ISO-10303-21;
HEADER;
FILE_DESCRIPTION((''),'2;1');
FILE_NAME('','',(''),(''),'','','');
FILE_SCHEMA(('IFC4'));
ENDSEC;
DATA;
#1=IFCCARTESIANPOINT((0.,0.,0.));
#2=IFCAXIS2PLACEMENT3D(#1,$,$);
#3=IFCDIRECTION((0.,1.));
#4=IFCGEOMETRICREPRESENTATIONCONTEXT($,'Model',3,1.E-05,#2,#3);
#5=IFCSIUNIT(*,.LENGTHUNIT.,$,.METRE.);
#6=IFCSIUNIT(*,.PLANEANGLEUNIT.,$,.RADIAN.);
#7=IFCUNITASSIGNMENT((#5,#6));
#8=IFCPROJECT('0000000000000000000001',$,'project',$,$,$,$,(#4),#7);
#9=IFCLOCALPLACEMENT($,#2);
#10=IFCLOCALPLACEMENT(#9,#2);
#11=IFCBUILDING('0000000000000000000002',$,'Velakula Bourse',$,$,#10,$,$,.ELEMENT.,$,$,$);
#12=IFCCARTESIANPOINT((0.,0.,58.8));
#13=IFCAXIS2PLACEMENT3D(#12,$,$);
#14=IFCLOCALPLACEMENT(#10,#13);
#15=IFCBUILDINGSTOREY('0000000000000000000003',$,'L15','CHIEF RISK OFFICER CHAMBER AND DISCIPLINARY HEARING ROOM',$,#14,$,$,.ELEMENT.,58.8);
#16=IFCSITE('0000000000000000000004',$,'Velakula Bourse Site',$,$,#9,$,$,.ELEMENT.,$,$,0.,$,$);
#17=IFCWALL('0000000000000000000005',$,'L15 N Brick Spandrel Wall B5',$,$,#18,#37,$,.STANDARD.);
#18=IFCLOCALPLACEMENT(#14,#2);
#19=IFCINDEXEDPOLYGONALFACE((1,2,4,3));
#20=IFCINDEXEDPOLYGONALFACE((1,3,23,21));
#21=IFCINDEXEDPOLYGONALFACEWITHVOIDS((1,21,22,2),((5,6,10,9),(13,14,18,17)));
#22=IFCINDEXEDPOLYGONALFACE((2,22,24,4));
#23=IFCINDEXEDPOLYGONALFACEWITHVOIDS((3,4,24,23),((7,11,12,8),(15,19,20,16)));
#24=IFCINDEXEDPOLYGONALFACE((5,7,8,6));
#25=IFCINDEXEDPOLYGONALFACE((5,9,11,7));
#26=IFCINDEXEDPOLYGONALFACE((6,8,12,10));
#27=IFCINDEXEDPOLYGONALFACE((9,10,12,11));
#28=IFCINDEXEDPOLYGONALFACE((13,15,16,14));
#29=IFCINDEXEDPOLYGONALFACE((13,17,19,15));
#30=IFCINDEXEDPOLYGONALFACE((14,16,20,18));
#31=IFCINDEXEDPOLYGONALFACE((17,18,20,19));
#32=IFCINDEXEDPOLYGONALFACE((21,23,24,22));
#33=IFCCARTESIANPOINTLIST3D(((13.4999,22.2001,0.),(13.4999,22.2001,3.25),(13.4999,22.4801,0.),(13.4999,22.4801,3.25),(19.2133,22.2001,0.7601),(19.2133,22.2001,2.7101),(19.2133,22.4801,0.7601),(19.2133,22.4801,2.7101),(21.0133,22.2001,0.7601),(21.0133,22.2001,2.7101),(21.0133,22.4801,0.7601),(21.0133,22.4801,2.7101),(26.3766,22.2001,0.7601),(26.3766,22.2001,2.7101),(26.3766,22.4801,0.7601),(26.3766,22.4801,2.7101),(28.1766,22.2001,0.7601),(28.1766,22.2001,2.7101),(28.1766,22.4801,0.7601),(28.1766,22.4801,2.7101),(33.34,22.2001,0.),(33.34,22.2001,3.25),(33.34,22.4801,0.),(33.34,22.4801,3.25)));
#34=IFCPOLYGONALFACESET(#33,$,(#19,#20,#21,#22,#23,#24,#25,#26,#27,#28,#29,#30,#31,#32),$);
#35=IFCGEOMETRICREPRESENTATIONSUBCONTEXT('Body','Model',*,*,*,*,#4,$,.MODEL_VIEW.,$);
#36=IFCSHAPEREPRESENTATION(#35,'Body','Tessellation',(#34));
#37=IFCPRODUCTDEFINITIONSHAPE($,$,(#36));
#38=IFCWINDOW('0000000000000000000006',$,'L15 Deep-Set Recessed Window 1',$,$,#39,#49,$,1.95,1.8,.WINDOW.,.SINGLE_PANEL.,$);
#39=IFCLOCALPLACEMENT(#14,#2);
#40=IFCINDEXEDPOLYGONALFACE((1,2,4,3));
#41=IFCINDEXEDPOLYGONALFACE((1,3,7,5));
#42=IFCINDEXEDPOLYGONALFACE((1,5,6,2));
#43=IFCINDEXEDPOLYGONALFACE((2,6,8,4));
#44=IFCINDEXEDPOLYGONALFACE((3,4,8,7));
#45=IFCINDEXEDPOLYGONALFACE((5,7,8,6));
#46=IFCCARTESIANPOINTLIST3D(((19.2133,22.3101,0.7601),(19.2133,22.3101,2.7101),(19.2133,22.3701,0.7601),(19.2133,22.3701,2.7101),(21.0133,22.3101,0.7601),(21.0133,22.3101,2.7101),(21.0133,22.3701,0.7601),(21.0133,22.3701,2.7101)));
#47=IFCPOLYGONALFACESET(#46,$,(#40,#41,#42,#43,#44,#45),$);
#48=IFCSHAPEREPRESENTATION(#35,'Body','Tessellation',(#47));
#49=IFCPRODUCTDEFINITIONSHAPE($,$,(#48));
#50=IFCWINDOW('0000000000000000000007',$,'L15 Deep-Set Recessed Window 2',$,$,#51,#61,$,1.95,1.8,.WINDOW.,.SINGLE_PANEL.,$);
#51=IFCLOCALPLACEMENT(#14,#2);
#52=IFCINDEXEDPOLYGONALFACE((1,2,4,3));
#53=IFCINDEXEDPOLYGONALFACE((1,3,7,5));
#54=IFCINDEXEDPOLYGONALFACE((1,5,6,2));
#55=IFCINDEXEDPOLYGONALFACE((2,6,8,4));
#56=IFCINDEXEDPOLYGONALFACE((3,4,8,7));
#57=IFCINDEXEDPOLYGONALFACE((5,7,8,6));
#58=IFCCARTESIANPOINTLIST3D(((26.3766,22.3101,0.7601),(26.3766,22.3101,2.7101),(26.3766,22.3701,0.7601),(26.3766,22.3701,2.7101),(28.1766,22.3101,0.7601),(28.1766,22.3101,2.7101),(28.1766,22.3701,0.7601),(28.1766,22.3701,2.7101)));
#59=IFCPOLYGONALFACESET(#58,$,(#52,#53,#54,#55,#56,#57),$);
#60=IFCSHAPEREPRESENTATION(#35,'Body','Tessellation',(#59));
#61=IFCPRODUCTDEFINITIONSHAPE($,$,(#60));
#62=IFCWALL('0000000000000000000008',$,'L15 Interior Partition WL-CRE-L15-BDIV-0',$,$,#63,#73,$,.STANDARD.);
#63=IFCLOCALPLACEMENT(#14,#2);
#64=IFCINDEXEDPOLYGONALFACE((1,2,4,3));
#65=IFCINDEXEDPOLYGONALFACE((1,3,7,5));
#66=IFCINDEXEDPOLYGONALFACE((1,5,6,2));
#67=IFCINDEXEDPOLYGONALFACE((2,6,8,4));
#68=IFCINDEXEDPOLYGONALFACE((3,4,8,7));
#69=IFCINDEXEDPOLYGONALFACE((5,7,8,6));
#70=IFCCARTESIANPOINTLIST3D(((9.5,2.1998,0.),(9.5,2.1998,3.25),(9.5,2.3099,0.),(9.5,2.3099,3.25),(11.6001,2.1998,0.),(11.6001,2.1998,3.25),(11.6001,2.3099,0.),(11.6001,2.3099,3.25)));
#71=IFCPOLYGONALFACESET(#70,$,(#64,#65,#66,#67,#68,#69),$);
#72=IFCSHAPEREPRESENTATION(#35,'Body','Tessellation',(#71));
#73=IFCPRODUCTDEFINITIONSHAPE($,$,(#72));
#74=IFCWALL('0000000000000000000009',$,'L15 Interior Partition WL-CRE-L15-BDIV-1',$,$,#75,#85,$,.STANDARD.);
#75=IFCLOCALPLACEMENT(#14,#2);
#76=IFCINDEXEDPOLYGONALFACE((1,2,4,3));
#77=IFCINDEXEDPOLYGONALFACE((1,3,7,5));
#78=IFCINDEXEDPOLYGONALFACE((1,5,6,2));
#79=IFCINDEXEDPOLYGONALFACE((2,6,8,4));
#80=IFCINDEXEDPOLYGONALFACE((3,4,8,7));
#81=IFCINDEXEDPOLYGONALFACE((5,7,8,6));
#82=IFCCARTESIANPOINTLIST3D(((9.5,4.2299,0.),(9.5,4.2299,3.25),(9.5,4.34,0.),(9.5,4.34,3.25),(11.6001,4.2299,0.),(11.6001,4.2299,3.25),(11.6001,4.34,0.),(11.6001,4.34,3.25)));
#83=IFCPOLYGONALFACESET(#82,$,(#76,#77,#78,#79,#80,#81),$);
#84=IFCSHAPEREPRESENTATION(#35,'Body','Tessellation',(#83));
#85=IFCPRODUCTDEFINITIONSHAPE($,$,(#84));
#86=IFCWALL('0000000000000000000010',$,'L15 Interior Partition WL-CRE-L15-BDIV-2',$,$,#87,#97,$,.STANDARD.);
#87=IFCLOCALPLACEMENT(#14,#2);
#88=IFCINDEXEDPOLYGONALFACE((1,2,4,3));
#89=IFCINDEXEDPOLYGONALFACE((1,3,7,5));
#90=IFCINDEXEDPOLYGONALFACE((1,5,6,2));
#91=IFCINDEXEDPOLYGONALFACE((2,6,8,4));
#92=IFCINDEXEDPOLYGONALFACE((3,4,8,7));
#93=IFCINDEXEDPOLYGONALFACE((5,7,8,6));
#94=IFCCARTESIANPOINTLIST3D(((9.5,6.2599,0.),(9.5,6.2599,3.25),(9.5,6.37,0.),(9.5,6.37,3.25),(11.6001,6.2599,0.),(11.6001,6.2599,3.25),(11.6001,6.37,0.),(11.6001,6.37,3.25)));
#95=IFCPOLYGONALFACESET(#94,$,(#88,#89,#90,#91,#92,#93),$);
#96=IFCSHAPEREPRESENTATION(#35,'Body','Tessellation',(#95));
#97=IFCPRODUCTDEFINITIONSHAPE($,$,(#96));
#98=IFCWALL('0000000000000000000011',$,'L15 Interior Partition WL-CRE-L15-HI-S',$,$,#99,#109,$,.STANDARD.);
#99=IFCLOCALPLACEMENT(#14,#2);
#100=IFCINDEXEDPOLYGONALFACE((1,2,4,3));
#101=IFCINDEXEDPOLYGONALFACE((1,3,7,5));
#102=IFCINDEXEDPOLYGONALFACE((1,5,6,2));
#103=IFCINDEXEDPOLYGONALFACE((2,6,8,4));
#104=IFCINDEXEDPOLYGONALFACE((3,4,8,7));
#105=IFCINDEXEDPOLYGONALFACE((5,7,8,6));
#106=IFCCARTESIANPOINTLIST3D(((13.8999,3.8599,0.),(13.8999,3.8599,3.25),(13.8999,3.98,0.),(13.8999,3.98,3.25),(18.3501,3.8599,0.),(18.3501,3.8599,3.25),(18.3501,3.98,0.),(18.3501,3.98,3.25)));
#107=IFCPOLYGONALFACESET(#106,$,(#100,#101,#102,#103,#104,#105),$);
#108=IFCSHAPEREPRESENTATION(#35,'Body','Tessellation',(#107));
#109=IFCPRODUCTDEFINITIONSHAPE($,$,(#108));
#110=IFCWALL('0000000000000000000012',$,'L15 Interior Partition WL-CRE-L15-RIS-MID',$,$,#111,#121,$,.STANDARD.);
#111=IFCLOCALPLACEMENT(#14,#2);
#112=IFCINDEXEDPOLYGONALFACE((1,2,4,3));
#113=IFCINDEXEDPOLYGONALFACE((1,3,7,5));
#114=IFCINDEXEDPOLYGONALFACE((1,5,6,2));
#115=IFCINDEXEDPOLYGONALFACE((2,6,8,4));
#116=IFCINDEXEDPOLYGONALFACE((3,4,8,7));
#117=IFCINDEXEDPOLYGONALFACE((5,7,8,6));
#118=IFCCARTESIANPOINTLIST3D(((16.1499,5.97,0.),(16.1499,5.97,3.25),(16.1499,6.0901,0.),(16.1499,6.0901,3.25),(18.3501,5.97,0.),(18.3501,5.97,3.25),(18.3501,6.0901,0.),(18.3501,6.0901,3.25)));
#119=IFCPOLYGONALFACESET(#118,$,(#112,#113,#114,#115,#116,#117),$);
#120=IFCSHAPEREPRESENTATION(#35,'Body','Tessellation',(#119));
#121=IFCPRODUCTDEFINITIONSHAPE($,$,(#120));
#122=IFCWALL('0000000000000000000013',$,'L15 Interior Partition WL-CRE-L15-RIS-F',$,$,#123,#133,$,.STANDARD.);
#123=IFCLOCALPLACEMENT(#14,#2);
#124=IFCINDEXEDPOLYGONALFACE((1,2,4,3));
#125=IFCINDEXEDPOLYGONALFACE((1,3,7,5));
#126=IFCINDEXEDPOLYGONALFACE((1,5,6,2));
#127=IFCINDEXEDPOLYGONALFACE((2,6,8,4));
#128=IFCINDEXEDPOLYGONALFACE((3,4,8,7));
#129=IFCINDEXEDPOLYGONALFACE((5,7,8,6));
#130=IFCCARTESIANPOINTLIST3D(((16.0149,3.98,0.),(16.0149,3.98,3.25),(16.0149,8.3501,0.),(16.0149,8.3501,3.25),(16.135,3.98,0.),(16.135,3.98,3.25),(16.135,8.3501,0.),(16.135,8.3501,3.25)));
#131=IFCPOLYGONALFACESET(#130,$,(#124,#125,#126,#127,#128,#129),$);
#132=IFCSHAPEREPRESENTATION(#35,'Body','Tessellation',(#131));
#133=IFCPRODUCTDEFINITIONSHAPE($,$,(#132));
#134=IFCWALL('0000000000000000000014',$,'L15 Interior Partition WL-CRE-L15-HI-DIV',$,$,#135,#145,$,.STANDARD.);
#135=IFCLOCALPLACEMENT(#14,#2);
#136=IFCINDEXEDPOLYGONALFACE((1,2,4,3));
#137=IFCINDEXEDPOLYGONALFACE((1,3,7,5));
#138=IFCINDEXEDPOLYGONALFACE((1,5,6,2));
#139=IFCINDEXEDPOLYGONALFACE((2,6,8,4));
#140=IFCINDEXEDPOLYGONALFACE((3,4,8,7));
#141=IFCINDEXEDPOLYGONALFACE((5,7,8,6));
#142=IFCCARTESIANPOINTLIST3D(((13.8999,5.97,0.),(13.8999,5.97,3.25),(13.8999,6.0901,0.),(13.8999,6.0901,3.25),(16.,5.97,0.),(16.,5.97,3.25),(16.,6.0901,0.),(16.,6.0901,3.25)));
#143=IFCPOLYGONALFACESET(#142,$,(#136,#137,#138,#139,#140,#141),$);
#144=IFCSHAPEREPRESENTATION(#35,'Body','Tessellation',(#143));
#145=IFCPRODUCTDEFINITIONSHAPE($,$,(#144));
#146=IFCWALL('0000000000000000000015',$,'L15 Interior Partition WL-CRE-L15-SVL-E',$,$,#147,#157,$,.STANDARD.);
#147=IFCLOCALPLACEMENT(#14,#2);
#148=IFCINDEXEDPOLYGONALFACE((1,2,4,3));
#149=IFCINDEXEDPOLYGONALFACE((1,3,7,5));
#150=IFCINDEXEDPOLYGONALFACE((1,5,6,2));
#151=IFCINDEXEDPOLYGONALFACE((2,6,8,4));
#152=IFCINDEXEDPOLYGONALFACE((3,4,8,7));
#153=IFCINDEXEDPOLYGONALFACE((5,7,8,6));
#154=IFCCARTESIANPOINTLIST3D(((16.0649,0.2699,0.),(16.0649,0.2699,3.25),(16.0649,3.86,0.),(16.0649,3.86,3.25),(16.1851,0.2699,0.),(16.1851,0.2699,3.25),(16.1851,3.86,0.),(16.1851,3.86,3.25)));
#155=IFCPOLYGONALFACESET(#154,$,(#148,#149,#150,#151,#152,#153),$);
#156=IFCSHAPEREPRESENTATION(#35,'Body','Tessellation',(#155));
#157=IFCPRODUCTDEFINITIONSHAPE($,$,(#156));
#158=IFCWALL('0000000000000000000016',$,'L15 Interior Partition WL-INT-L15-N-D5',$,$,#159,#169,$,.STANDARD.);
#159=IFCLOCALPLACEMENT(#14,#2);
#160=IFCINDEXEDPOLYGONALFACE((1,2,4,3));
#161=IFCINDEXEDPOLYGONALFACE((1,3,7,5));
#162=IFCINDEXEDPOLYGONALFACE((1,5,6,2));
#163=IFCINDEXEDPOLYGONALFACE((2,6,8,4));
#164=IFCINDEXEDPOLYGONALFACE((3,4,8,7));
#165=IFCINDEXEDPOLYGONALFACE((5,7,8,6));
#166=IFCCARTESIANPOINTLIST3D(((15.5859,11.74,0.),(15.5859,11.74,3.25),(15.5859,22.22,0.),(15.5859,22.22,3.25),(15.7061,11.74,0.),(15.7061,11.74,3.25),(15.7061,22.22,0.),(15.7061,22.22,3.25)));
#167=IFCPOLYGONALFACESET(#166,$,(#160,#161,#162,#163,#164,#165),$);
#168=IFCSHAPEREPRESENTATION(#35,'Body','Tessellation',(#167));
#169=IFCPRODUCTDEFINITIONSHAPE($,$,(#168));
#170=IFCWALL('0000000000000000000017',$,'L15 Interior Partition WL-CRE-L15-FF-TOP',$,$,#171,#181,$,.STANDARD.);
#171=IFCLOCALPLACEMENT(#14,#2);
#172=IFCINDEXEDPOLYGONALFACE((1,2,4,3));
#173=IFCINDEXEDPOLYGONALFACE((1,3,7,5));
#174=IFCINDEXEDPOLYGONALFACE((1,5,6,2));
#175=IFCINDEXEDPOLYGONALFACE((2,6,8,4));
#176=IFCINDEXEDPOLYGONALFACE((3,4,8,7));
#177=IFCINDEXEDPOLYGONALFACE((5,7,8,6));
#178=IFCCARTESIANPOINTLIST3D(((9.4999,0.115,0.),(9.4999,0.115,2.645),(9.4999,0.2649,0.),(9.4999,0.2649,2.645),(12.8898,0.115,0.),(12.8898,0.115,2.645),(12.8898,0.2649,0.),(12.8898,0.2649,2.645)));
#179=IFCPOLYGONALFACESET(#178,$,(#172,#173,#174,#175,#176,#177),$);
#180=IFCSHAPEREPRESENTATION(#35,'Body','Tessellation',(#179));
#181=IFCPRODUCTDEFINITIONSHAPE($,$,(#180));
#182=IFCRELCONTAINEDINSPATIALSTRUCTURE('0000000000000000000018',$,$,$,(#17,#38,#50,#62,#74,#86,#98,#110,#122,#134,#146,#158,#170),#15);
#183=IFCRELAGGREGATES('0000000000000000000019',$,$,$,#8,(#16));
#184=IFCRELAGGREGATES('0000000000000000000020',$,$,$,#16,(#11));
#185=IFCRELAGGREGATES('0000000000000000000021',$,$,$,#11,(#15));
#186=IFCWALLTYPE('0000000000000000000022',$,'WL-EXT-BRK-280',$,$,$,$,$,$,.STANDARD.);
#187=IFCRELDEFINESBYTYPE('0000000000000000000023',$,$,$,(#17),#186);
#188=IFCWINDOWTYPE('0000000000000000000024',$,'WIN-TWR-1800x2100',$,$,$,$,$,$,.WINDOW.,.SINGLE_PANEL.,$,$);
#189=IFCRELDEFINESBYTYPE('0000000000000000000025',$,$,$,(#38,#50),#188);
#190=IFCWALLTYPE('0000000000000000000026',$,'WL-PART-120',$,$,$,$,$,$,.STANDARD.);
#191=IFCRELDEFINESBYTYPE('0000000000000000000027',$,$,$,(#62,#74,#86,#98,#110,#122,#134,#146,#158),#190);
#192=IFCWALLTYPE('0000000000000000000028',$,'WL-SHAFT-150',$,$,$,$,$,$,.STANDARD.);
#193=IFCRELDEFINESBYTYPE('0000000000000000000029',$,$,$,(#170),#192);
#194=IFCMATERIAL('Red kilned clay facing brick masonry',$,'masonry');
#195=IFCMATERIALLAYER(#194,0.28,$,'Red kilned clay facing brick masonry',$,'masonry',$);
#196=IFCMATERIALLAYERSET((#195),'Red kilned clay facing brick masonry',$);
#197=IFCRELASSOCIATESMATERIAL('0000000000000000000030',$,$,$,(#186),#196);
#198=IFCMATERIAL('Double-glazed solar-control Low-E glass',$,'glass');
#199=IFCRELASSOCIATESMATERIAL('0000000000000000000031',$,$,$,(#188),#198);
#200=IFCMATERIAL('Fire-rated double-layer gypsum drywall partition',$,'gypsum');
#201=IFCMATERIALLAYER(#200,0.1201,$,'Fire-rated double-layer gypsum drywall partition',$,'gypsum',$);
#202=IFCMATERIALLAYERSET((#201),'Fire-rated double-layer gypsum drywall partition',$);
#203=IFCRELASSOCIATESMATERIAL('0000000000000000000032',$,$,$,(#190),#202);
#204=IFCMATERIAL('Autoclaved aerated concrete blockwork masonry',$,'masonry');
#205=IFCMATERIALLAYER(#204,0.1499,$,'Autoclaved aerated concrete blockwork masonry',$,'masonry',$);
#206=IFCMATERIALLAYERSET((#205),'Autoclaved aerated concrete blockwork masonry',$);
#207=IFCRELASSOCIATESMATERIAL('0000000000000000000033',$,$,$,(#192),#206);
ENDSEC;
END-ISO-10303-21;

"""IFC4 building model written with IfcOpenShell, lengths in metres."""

from ifc_helpers import new_model, si_unit, direction, frame, frame_2d, origin, place, context, subcontext, project, spatial, rectangle, extrude, material, layer, layer_set, type_object, element, fill, save


model = new_model("IFC4")

# Units and contexts
model_context = context("Model", 3, precision=1e-05, world=origin(), true_north=direction((0.0, 1.0)))
body_context = subcontext(model_context, "Body", "Model", "MODEL_VIEW")
ifc_project = project(units=[si_unit("LENGTHUNIT", "METRE"), si_unit("PLANEANGLEUNIT", "RADIAN")], contexts=[model_context])

# Site, building, storey
site_placement = place(None, origin())
site = spatial("IfcSite", under=ifc_project, at=site_placement, Name="Velakula Bourse Site", CompositionType="ELEMENT", RefElevation=0.0)
building_placement = place(site_placement, origin())
building = spatial("IfcBuilding", under=site, at=building_placement, Name="Velakula Bourse", CompositionType="ELEMENT")
storey_placement = place(building_placement, frame((0.0, 0.0, 58.8)))
storey = spatial("IfcBuildingStorey", under=building, at=storey_placement, Name="L15", Description="CHIEF RISK OFFICER CHAMBER AND DISCIPLINARY HEARING ROOM", CompositionType="ELEMENT", Elevation=58.8)

# Wall, openings, windows
ifc_material_1 = material(Name="Red kilned clay facing brick masonry", Category="masonry")
ifc_layer_1 = layer(ifc_material_1, 0.28, Name="Red kilned clay facing brick masonry", Category="masonry")
ifc_layer_set_1 = layer_set([ifc_layer_1], Name="Red kilned clay facing brick masonry")
wall_type_1 = type_object("IfcWallType", Name="WL-EXT-BRK-280", PredefinedType="STANDARD", material=ifc_layer_set_1)
wall_1_placement = place(storey_placement, frame((13.5, 22.3401, 0.0), z_axis=(0.0, 0.0, 1.0), x_axis=(1.0, 0.0, 0.0)))
wall_1 = element("IfcWall", 1, at=wall_1_placement, inside=storey, type_object=wall_type_1, Name="L15 N Brick Spandrel Wall B5", PredefinedType="STANDARD", context=body_context, shape_type="SweptSolid", body=[
    extrude(rectangle(XDim=19.8401, YDim=0.28, at=frame_2d((9.9199, 0.0))), origin(), (0.0, 0.0, 1.0), 3.25),
])
opening_1_placement = place(wall_1_placement, frame((5.7134, 0.0, 0.76)))
opening_1 = element("IfcOpeningElement", 2, at=opening_1_placement, cuts=wall_1, PredefinedType="OPENING", context=body_context, shape_type="SweptSolid", body=[
    extrude(rectangle(XDim=1.8, YDim=1.95, at=frame_2d((0.8999, 0.9751))), frame((0.0, 0.1499, 0.0), z_axis=(0.0, -1.0, 0.0), x_axis=(1.0, 0.0, 0.0)), (0.0, 0.0, 1.0), 0.3),
])
opening_2_placement = place(wall_1_placement, frame((12.8767, 0.0, 0.76)))
opening_2 = element("IfcOpeningElement", 3, at=opening_2_placement, cuts=wall_1, PredefinedType="OPENING", context=body_context, shape_type="SweptSolid", body=[
    extrude(rectangle(XDim=1.8, YDim=1.95, at=frame_2d((0.8999, 0.9751))), frame((0.0, 0.1499, 0.0), z_axis=(0.0, -1.0, 0.0), x_axis=(1.0, 0.0, 0.0)), (0.0, 0.0, 1.0), 0.3),
])
ifc_material_2 = material(Name="Double-glazed solar-control Low-E glass", Category="glass")
window_type = type_object("IfcWindowType", Name="WIN-TWR-1800x2100", PartitioningType="SINGLE_PANEL", PredefinedType="WINDOW", material=ifc_material_2)
window_1_placement = place(opening_1_placement, origin())
window_1 = element("IfcWindow", 4, at=window_1_placement, inside=storey, type_object=window_type, Name="L15 Deep-Set Recessed Window 1", OverallHeight=1.95, OverallWidth=1.8, PartitioningType="SINGLE_PANEL", PredefinedType="WINDOW", context=body_context, shape_type="SweptSolid", body=[
    extrude(rectangle(XDim=1.8, YDim=1.95, at=frame_2d((0.8999, 0.9751))), frame((0.0, 0.03, 0.0), z_axis=(0.0, -1.0, 0.0), x_axis=(1.0, 0.0, 0.0)), (0.0, 0.0, 1.0), 0.0601),
])
fill(opening_1, window_1)
window_2_placement = place(opening_2_placement, origin())
window_2 = element("IfcWindow", 5, at=window_2_placement, inside=storey, type_object=window_type, Name="L15 Deep-Set Recessed Window 2", OverallHeight=1.95, OverallWidth=1.8, PartitioningType="SINGLE_PANEL", PredefinedType="WINDOW", context=body_context, shape_type="SweptSolid", body=[
    extrude(rectangle(XDim=1.8, YDim=1.95, at=frame_2d((0.8999, 0.9751))), frame((0.0, 0.03, 0.0), z_axis=(0.0, -1.0, 0.0), x_axis=(1.0, 0.0, 0.0)), (0.0, 0.0, 1.0), 0.0601),
])
fill(opening_2, window_2)

# Walls
ifc_material_3 = material(Name="Fire-rated double-layer gypsum drywall partition", Category="gypsum")
ifc_layer_2 = layer(ifc_material_3, 0.1201, Name="Fire-rated double-layer gypsum drywall partition", Category="gypsum")
ifc_layer_set_2 = layer_set([ifc_layer_2], Name="Fire-rated double-layer gypsum drywall partition")
wall_type_2 = type_object("IfcWallType", Name="WL-PART-120", PredefinedType="STANDARD", material=ifc_layer_set_2)
for number, where, z_axis, x_axis, name in (
    (6, (9.5, 2.2549, 0.0), (0.0, 0.0, 1.0), (1.0, 0.0, 0.0), "L15 Interior Partition WL-CRE-L15-BDIV-0"),
    (7, (9.5, 4.2849, 0.0), (0.0, 0.0, 1.0), (1.0, 0.0, 0.0), "L15 Interior Partition WL-CRE-L15-BDIV-1"),
    (8, (9.5, 6.3149, 0.0), (0.0, 0.0, 1.0), (1.0, 0.0, 0.0), "L15 Interior Partition WL-CRE-L15-BDIV-2"),
):
    element("IfcWall", number, at=place(storey_placement, frame(where, z_axis=z_axis, x_axis=x_axis)), inside=storey, type_object=wall_type_2, Name=name, PredefinedType="STANDARD", context=body_context, shape_type="SweptSolid", body=[
        extrude(rectangle(XDim=2.1001, YDim=0.1101, at=frame_2d((1.05, 0.0))), origin(), (0.0, 0.0, 1.0), 3.25),
    ])
wall_2_placement = place(storey_placement, frame((13.8999, 3.9199, 0.0), z_axis=(0.0, 0.0, 1.0), x_axis=(1.0, 0.0, 0.0)))
element("IfcWall", 9, at=wall_2_placement, inside=storey, type_object=wall_type_2, Name="L15 Interior Partition WL-CRE-L15-HI-S", PredefinedType="STANDARD", context=body_context, shape_type="SweptSolid", body=[
    extrude(rectangle(XDim=4.4502, YDim=0.1201, at=frame_2d((2.2251, 0.0))), origin(), (0.0, 0.0, 1.0), 3.25),
])
wall_3_placement = place(storey_placement, frame((16.1499, 6.03, 0.0), z_axis=(0.0, 0.0, 1.0), x_axis=(1.0, 0.0, 0.0)))
element("IfcWall", 10, at=wall_3_placement, inside=storey, type_object=wall_type_2, Name="L15 Interior Partition WL-CRE-L15-RIS-MID", PredefinedType="STANDARD", context=body_context, shape_type="SweptSolid", body=[
    extrude(rectangle(XDim=2.2002, YDim=0.1201, at=frame_2d((1.1001, 0.0))), origin(), (0.0, 0.0, 1.0), 3.25),
])
wall_4_placement = place(storey_placement, frame((16.075, 3.98, 0.0), z_axis=(0.0, 0.0, 1.0), x_axis=(0.0, 1.0, 0.0)))
element("IfcWall", 11, at=wall_4_placement, inside=storey, type_object=wall_type_2, Name="L15 Interior Partition WL-CRE-L15-RIS-F", PredefinedType="STANDARD", context=body_context, shape_type="SweptSolid", body=[
    extrude(rectangle(XDim=4.3701, YDim=0.1201, at=frame_2d((2.1851, 0.0))), origin(), (0.0, 0.0, 1.0), 3.25),
])
wall_5_placement = place(storey_placement, frame((13.8999, 6.03, 0.0), z_axis=(0.0, 0.0, 1.0), x_axis=(1.0, 0.0, 0.0)))
element("IfcWall", 12, at=wall_5_placement, inside=storey, type_object=wall_type_2, Name="L15 Interior Partition WL-CRE-L15-HI-DIV", PredefinedType="STANDARD", context=body_context, shape_type="SweptSolid", body=[
    extrude(rectangle(XDim=2.1001, YDim=0.1201, at=frame_2d((1.05, 0.0))), origin(), (0.0, 0.0, 1.0), 3.25),
])
wall_6_placement = place(storey_placement, frame((16.125, 0.27, 0.0), z_axis=(0.0, 0.0, 1.0), x_axis=(0.0, 1.0, 0.0)))
element("IfcWall", 13, at=wall_6_placement, inside=storey, type_object=wall_type_2, Name="L15 Interior Partition WL-CRE-L15-SVL-E", PredefinedType="STANDARD", context=body_context, shape_type="SweptSolid", body=[
    extrude(rectangle(XDim=3.5901, YDim=0.1201, at=frame_2d((1.7949, 0.0))), origin(), (0.0, 0.0, 1.0), 3.25),
])
wall_7_placement = place(storey_placement, frame((15.646, 11.74, 0.0), z_axis=(0.0, 0.0, 1.0), x_axis=(0.0, 1.0, 0.0)))
element("IfcWall", 14, at=wall_7_placement, inside=storey, type_object=wall_type_2, Name="L15 Interior Partition WL-INT-L15-N-D5", PredefinedType="STANDARD", context=body_context, shape_type="SweptSolid", body=[
    extrude(rectangle(XDim=10.48, YDim=0.1201, at=frame_2d((5.24, 0.0))), origin(), (0.0, 0.0, 1.0), 3.25),
])
ifc_material_4 = material(Name="Autoclaved aerated concrete blockwork masonry", Category="masonry")
ifc_layer_3 = layer(ifc_material_4, 0.1499, Name="Autoclaved aerated concrete blockwork masonry", Category="masonry")
ifc_layer_set_3 = layer_set([ifc_layer_3], Name="Autoclaved aerated concrete blockwork masonry")
wall_type_3 = type_object("IfcWallType", Name="WL-SHAFT-150", PredefinedType="STANDARD", material=ifc_layer_set_3)
wall_8_placement = place(storey_placement, frame((9.5, 0.1899, 0.0), z_axis=(0.0, 0.0, 1.0), x_axis=(1.0, 0.0, 0.0)))
element("IfcWall", 15, at=wall_8_placement, inside=storey, type_object=wall_type_3, Name="L15 Interior Partition WL-CRE-L15-FF-TOP", PredefinedType="STANDARD", context=body_context, shape_type="SweptSolid", body=[
    extrude(rectangle(XDim=3.3899, YDim=0.1499, at=frame_2d((1.6948, 0.0))), origin(), (0.0, 0.0, 1.0), 2.645),
])

save(model, "model.ifc")
